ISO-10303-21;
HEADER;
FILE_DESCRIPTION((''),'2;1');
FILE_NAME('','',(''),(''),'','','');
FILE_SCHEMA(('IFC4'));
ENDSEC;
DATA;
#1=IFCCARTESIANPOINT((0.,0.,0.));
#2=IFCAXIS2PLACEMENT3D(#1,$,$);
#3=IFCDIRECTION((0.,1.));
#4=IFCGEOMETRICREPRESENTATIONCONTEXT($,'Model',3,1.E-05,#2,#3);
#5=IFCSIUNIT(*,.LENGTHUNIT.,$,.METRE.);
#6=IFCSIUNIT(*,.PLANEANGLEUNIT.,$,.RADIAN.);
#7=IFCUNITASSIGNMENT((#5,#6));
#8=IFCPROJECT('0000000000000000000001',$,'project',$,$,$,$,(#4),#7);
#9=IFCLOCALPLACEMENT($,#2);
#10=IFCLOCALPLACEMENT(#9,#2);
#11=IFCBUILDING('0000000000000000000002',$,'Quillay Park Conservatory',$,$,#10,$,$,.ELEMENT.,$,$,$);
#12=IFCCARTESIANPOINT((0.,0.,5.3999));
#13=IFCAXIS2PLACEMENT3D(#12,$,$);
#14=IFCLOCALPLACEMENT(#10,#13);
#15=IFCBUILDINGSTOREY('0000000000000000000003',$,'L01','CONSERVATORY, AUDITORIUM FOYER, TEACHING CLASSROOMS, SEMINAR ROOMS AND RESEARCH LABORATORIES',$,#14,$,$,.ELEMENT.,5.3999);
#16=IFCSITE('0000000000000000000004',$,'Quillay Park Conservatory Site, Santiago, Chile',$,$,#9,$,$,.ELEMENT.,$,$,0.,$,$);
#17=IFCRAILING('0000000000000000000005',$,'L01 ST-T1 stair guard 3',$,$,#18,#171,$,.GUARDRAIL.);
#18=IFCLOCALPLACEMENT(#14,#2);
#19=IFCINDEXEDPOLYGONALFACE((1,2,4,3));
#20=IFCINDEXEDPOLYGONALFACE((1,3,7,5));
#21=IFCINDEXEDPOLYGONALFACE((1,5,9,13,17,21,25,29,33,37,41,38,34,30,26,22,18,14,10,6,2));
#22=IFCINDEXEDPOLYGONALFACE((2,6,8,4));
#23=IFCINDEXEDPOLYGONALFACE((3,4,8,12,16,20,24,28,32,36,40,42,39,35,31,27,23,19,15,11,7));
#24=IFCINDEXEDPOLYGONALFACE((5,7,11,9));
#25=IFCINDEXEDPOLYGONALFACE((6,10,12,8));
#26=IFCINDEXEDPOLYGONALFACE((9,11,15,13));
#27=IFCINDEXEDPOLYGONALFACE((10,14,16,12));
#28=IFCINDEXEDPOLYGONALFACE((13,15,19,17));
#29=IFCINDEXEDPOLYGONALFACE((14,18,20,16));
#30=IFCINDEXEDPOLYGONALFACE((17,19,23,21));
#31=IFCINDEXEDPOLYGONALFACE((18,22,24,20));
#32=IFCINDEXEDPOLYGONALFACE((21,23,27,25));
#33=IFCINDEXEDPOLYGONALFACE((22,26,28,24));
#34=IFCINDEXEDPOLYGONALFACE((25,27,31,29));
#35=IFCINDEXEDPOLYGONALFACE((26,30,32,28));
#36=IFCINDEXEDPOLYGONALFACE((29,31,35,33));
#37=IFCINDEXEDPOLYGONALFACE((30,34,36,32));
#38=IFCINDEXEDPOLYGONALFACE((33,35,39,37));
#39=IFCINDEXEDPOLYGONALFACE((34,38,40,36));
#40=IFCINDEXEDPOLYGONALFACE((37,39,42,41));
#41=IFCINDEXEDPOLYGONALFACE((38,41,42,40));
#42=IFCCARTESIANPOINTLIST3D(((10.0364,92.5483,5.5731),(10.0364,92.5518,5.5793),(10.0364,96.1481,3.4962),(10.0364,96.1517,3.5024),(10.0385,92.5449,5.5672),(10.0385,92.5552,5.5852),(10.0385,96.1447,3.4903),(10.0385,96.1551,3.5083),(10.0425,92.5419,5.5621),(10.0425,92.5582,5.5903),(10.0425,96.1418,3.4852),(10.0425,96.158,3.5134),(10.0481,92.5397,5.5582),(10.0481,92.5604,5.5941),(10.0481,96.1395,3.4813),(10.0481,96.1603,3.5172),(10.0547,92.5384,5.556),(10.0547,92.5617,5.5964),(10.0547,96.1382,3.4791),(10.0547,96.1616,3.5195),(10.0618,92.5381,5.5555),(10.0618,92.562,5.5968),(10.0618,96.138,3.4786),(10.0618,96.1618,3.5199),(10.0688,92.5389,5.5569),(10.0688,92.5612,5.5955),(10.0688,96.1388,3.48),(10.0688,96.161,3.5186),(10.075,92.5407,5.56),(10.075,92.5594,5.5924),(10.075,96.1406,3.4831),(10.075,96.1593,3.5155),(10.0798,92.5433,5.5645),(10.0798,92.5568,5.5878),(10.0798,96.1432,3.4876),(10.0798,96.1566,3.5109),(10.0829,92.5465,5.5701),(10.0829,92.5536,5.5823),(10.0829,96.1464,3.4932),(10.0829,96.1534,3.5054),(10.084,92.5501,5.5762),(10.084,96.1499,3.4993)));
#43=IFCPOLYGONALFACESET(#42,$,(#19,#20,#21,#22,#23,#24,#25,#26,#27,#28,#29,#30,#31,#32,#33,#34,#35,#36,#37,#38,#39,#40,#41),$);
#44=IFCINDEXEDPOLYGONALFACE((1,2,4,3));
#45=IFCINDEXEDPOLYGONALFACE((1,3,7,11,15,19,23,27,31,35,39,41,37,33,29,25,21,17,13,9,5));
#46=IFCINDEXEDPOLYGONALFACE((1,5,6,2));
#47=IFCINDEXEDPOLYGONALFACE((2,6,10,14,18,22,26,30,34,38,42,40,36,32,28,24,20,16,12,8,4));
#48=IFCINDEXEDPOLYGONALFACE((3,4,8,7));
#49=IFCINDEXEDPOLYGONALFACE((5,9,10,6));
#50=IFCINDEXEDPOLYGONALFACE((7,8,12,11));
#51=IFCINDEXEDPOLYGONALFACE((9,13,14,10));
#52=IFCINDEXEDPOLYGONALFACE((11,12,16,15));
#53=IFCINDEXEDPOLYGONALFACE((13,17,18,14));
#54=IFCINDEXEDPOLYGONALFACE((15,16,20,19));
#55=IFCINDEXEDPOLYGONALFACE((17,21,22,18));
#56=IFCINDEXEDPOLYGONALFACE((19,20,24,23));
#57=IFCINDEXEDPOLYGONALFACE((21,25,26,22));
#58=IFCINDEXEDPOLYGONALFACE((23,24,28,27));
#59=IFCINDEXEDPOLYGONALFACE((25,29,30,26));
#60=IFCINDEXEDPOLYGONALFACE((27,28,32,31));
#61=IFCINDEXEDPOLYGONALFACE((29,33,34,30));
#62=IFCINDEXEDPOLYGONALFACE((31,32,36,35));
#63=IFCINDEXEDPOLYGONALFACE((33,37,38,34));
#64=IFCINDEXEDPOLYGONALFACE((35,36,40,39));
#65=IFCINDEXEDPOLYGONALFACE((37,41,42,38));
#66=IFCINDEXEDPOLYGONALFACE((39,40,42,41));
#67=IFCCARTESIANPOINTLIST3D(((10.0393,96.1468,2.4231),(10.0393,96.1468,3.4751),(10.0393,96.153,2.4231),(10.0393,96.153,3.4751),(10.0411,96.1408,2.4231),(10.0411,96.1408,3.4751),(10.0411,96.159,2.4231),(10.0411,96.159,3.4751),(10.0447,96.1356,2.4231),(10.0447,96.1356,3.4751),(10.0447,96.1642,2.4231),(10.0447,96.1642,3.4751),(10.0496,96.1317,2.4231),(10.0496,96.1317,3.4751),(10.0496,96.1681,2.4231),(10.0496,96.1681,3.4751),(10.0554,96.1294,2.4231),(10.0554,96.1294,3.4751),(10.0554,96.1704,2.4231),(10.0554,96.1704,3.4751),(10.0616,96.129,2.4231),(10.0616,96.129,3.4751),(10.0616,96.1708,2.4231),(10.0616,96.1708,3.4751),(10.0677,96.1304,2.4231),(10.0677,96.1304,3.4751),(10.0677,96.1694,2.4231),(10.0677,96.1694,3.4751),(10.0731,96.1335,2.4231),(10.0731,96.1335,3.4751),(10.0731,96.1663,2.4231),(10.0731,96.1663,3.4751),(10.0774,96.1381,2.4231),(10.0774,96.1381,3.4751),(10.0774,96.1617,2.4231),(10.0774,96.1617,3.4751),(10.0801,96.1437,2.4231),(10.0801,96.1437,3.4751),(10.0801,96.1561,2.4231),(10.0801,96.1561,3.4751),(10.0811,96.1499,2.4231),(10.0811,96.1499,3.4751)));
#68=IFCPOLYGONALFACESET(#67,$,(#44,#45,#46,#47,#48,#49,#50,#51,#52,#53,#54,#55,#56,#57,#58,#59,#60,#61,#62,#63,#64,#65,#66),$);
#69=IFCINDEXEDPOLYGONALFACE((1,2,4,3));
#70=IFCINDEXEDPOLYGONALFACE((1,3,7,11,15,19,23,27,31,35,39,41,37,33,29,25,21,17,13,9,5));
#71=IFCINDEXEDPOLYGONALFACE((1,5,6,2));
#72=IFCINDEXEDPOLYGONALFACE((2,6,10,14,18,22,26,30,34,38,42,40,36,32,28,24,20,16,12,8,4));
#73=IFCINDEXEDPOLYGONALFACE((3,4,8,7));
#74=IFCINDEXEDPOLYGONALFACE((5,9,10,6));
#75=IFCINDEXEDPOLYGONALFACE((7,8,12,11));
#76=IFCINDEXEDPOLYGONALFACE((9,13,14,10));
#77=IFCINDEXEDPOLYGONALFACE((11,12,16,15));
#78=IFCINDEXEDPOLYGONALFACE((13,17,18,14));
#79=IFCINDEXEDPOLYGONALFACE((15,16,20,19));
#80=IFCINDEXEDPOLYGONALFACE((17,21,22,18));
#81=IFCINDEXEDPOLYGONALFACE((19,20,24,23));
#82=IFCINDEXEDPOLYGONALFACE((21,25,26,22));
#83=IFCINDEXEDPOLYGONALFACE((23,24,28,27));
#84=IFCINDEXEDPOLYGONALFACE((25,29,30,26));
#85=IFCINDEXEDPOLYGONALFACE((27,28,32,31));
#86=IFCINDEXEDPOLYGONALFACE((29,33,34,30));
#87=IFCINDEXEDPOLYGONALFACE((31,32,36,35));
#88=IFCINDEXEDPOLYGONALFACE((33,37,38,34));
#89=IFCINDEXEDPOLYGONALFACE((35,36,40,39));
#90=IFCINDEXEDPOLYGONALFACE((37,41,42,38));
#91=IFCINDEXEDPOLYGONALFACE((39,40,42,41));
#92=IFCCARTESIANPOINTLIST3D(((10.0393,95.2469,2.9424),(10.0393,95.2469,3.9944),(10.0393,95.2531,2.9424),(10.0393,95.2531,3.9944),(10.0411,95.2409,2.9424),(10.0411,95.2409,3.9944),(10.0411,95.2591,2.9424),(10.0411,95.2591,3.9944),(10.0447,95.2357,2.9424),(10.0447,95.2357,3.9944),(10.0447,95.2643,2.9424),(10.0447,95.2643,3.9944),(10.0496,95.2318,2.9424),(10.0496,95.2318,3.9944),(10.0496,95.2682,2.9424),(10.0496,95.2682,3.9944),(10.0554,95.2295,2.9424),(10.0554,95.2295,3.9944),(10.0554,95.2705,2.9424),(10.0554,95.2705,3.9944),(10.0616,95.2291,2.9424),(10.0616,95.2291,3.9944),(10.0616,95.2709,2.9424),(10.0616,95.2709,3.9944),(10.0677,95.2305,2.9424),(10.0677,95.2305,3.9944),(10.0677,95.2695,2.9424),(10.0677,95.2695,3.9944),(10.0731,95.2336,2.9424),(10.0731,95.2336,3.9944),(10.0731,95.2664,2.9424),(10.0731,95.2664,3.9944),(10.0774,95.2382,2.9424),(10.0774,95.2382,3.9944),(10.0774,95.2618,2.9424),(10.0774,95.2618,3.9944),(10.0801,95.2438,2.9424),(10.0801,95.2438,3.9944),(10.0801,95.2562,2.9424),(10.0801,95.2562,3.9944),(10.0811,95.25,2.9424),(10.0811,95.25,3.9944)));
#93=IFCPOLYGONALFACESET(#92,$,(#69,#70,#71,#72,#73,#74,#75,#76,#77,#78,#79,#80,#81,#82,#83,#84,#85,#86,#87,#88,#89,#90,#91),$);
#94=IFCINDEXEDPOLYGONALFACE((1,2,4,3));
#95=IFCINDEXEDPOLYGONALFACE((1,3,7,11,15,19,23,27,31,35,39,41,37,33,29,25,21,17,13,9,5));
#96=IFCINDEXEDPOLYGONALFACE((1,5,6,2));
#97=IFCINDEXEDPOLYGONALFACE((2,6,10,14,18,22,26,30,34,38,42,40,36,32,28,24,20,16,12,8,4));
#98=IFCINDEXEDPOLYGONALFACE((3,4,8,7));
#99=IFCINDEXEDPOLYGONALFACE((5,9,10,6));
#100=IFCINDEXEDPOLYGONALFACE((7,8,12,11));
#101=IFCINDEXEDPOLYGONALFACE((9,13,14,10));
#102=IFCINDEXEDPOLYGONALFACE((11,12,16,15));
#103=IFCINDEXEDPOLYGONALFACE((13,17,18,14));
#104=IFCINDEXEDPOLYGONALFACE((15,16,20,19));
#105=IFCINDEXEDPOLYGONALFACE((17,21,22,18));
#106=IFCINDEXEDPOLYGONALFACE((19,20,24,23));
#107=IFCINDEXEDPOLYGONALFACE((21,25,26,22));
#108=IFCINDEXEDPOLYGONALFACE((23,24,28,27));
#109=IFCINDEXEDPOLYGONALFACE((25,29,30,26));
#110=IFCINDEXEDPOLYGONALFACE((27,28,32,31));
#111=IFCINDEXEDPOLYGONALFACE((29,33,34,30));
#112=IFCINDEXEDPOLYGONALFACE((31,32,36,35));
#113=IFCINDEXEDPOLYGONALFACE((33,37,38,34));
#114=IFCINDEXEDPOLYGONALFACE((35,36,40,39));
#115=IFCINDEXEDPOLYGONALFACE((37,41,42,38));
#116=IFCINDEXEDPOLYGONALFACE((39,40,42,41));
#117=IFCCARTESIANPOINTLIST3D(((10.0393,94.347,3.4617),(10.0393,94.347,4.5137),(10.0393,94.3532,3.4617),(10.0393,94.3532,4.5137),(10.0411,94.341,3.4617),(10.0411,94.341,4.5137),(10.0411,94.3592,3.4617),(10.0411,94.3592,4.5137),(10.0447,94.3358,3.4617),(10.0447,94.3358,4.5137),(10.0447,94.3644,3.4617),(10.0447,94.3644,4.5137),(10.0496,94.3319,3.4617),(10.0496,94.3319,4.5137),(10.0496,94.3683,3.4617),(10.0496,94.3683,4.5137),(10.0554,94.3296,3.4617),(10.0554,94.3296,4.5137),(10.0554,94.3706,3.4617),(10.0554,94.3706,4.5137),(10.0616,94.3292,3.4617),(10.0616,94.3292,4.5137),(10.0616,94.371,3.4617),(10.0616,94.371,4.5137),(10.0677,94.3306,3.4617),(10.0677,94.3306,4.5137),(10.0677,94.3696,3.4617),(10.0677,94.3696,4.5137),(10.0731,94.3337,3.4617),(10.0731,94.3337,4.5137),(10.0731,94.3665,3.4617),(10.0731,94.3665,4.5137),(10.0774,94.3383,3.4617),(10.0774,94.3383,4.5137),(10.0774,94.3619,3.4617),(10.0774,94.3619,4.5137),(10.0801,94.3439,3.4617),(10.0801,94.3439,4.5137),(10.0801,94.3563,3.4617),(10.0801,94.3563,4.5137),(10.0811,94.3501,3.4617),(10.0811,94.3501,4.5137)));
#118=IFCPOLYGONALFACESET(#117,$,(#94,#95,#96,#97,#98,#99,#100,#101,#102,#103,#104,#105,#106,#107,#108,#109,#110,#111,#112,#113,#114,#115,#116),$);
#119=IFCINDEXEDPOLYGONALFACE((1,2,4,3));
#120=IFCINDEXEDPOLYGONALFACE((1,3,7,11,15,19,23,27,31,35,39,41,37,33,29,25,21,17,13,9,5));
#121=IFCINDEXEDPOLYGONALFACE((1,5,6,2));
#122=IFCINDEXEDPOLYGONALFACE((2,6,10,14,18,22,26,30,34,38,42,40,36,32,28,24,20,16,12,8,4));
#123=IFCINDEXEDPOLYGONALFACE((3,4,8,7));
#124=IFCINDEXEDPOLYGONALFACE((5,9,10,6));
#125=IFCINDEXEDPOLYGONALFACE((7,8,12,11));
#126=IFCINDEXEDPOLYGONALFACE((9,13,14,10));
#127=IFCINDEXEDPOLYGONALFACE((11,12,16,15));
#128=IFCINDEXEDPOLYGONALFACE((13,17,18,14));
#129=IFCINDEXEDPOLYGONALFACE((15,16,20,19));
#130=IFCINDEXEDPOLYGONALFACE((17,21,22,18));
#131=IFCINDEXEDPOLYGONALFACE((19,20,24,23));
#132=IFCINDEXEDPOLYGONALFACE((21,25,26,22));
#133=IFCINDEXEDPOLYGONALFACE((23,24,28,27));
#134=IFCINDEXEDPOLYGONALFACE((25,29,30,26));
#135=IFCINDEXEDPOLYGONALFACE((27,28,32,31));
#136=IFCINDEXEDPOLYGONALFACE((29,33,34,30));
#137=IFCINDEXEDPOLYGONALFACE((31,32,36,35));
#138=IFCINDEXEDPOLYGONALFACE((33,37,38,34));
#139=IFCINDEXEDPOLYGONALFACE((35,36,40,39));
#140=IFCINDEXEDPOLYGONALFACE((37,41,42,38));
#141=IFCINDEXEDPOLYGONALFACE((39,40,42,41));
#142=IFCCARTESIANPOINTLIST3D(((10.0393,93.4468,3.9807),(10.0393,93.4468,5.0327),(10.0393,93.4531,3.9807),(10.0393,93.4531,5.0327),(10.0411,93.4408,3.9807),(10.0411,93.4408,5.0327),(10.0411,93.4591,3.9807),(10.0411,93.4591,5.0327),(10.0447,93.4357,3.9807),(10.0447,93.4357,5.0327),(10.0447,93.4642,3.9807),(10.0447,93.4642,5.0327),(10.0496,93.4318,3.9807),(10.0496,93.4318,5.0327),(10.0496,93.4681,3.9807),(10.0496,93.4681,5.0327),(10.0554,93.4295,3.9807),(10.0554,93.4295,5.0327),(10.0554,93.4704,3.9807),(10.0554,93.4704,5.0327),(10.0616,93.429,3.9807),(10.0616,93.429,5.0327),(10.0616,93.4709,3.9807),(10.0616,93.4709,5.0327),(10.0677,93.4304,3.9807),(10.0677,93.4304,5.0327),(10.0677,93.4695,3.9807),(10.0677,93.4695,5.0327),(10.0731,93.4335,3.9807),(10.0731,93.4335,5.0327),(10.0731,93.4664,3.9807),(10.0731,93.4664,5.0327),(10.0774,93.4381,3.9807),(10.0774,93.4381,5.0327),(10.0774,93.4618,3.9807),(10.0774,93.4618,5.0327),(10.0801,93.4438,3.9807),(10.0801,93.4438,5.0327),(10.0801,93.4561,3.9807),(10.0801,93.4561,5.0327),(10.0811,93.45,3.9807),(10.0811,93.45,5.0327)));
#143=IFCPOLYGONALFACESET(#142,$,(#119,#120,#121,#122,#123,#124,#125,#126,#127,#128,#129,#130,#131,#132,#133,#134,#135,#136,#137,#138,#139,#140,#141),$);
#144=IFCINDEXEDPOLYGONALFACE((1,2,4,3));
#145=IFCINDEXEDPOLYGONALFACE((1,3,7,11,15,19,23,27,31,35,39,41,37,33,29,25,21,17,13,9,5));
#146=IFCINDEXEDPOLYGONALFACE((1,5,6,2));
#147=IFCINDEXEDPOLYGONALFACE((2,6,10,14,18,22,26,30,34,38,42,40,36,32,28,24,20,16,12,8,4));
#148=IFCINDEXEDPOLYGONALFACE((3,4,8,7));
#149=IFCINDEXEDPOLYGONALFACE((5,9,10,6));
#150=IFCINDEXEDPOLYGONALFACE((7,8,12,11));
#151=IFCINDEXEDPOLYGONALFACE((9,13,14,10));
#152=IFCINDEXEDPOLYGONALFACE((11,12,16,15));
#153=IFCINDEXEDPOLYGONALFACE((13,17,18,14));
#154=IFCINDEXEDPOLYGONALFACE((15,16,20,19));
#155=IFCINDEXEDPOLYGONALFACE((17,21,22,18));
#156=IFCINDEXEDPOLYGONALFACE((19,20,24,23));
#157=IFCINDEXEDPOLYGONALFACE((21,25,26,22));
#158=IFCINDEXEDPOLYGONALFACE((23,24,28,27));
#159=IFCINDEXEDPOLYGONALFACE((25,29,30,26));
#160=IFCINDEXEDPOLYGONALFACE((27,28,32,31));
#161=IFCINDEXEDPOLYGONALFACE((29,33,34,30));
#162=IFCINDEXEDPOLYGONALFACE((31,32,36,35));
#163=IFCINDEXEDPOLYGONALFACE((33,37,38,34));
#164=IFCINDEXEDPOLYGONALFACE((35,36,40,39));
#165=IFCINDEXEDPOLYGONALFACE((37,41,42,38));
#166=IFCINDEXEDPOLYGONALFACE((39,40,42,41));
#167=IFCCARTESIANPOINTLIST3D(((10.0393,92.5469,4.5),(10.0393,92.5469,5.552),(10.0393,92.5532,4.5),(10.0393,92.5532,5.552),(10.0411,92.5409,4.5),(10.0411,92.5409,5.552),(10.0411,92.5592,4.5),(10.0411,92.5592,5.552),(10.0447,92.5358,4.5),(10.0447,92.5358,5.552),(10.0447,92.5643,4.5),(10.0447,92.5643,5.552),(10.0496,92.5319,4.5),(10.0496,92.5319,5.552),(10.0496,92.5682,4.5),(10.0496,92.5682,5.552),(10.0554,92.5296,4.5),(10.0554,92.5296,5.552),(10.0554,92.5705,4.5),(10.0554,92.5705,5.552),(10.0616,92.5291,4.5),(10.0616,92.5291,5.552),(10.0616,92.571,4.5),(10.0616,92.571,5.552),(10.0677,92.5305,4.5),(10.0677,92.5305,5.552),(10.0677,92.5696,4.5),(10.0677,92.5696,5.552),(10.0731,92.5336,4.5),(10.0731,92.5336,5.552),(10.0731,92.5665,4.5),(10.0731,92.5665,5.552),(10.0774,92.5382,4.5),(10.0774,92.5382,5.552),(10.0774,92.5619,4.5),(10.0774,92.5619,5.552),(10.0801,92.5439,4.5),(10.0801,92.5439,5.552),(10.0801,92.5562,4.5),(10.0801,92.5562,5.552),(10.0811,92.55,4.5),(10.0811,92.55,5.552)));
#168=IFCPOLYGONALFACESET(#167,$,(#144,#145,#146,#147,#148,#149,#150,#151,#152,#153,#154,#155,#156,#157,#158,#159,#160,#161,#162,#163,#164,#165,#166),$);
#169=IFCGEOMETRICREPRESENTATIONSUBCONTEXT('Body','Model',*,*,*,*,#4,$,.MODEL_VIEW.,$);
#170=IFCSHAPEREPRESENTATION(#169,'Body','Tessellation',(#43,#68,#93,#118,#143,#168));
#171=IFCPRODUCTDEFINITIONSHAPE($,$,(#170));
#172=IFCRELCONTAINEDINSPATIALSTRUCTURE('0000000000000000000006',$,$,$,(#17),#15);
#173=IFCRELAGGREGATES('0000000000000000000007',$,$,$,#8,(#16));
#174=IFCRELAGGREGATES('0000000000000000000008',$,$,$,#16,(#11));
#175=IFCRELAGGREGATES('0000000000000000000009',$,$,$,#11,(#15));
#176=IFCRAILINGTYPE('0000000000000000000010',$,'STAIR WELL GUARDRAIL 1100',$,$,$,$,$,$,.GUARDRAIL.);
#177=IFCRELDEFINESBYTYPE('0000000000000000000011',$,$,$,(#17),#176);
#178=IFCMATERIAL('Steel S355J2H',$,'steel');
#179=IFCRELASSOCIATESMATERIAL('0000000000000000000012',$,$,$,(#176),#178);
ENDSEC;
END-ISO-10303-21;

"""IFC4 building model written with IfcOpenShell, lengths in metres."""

from ifc_helpers import new_model, si_unit, direction, frame, origin, origin_2d, place, context, subcontext, project, spatial, circle, extrude, material, type_object, element, save


model = new_model("IFC4")

# Units and contexts
model_context = context("Model", 3, precision=1e-05, world=origin(), true_north=direction((0.0, 1.0)))
body_context = subcontext(model_context, "Body", "Model", "MODEL_VIEW")
ifc_project = project(units=[si_unit("LENGTHUNIT", "METRE"), si_unit("PLANEANGLEUNIT", "RADIAN")], contexts=[model_context])

# Site, building, storey
site_placement = place(None, origin())
site = spatial("IfcSite", under=ifc_project, at=site_placement, Name="Quillay Park Conservatory Site, Santiago, Chile", CompositionType="ELEMENT", RefElevation=0.0)
building_placement = place(site_placement, origin())
building = spatial("IfcBuilding", under=site, at=building_placement, Name="Quillay Park Conservatory", CompositionType="ELEMENT")
storey_placement = place(building_placement, frame((0.0, 0.0, 5.3999)))
storey = spatial("IfcBuildingStorey", under=building, at=storey_placement, Name="L01", Description="CONSERVATORY, AUDITORIUM FOYER, TEACHING CLASSROOMS, SEMINAR ROOMS AND RESEARCH LABORATORIES", CompositionType="ELEMENT", Elevation=5.3999)

# Railing
ifc_material_1 = material(Name="Steel S355J2H", Category="steel")
railing_type_1 = type_object("IfcRailingType", Name="STAIR WELL GUARDRAIL 1100", PredefinedType="GUARDRAIL", material=ifc_material_1)
railing_1_placement = place(storey_placement, frame((10.0601, 96.1499, 2.4231)))
element("IfcRailing", 1, at=railing_1_placement, inside=storey, type_object=railing_type_1, Name="L01 ST-T1 stair guard 3", PredefinedType="GUARDRAIL", context=body_context, shape_type="SweptSolid", body=[
    extrude(circle(Radius=0.0239, at=origin_2d()), frame((0.0, 0.0, 1.0762), z_axis=(0.0, -0.866179, 0.499734), x_axis=(1.0, 0.0, 0.0)), (0.0, 0.0, 1.0), 4.156),
    extrude(circle(Radius=0.021, at=origin_2d()), origin(), (0.0, 0.0, 1.0), 1.052),
    extrude(circle(Radius=0.021, at=origin_2d()), frame((0.0, -0.8999, 0.5193)), (0.0, 0.0, 1.0), 1.052),
    extrude(circle(Radius=0.021, at=origin_2d()), frame((0.0, -1.7998, 1.0386)), (0.0, 0.0, 1.0), 1.052),
    extrude(circle(Radius=0.021, at=origin_2d()), frame((0.0, -2.7, 1.5576)), (0.0, 0.0, 1.0), 1.052),
    extrude(circle(Radius=0.021, at=origin_2d()), frame((0.0, -3.5999, 2.0769)), (0.0, 0.0, 1.0), 1.052),
])

save(model, "model.ifc")
